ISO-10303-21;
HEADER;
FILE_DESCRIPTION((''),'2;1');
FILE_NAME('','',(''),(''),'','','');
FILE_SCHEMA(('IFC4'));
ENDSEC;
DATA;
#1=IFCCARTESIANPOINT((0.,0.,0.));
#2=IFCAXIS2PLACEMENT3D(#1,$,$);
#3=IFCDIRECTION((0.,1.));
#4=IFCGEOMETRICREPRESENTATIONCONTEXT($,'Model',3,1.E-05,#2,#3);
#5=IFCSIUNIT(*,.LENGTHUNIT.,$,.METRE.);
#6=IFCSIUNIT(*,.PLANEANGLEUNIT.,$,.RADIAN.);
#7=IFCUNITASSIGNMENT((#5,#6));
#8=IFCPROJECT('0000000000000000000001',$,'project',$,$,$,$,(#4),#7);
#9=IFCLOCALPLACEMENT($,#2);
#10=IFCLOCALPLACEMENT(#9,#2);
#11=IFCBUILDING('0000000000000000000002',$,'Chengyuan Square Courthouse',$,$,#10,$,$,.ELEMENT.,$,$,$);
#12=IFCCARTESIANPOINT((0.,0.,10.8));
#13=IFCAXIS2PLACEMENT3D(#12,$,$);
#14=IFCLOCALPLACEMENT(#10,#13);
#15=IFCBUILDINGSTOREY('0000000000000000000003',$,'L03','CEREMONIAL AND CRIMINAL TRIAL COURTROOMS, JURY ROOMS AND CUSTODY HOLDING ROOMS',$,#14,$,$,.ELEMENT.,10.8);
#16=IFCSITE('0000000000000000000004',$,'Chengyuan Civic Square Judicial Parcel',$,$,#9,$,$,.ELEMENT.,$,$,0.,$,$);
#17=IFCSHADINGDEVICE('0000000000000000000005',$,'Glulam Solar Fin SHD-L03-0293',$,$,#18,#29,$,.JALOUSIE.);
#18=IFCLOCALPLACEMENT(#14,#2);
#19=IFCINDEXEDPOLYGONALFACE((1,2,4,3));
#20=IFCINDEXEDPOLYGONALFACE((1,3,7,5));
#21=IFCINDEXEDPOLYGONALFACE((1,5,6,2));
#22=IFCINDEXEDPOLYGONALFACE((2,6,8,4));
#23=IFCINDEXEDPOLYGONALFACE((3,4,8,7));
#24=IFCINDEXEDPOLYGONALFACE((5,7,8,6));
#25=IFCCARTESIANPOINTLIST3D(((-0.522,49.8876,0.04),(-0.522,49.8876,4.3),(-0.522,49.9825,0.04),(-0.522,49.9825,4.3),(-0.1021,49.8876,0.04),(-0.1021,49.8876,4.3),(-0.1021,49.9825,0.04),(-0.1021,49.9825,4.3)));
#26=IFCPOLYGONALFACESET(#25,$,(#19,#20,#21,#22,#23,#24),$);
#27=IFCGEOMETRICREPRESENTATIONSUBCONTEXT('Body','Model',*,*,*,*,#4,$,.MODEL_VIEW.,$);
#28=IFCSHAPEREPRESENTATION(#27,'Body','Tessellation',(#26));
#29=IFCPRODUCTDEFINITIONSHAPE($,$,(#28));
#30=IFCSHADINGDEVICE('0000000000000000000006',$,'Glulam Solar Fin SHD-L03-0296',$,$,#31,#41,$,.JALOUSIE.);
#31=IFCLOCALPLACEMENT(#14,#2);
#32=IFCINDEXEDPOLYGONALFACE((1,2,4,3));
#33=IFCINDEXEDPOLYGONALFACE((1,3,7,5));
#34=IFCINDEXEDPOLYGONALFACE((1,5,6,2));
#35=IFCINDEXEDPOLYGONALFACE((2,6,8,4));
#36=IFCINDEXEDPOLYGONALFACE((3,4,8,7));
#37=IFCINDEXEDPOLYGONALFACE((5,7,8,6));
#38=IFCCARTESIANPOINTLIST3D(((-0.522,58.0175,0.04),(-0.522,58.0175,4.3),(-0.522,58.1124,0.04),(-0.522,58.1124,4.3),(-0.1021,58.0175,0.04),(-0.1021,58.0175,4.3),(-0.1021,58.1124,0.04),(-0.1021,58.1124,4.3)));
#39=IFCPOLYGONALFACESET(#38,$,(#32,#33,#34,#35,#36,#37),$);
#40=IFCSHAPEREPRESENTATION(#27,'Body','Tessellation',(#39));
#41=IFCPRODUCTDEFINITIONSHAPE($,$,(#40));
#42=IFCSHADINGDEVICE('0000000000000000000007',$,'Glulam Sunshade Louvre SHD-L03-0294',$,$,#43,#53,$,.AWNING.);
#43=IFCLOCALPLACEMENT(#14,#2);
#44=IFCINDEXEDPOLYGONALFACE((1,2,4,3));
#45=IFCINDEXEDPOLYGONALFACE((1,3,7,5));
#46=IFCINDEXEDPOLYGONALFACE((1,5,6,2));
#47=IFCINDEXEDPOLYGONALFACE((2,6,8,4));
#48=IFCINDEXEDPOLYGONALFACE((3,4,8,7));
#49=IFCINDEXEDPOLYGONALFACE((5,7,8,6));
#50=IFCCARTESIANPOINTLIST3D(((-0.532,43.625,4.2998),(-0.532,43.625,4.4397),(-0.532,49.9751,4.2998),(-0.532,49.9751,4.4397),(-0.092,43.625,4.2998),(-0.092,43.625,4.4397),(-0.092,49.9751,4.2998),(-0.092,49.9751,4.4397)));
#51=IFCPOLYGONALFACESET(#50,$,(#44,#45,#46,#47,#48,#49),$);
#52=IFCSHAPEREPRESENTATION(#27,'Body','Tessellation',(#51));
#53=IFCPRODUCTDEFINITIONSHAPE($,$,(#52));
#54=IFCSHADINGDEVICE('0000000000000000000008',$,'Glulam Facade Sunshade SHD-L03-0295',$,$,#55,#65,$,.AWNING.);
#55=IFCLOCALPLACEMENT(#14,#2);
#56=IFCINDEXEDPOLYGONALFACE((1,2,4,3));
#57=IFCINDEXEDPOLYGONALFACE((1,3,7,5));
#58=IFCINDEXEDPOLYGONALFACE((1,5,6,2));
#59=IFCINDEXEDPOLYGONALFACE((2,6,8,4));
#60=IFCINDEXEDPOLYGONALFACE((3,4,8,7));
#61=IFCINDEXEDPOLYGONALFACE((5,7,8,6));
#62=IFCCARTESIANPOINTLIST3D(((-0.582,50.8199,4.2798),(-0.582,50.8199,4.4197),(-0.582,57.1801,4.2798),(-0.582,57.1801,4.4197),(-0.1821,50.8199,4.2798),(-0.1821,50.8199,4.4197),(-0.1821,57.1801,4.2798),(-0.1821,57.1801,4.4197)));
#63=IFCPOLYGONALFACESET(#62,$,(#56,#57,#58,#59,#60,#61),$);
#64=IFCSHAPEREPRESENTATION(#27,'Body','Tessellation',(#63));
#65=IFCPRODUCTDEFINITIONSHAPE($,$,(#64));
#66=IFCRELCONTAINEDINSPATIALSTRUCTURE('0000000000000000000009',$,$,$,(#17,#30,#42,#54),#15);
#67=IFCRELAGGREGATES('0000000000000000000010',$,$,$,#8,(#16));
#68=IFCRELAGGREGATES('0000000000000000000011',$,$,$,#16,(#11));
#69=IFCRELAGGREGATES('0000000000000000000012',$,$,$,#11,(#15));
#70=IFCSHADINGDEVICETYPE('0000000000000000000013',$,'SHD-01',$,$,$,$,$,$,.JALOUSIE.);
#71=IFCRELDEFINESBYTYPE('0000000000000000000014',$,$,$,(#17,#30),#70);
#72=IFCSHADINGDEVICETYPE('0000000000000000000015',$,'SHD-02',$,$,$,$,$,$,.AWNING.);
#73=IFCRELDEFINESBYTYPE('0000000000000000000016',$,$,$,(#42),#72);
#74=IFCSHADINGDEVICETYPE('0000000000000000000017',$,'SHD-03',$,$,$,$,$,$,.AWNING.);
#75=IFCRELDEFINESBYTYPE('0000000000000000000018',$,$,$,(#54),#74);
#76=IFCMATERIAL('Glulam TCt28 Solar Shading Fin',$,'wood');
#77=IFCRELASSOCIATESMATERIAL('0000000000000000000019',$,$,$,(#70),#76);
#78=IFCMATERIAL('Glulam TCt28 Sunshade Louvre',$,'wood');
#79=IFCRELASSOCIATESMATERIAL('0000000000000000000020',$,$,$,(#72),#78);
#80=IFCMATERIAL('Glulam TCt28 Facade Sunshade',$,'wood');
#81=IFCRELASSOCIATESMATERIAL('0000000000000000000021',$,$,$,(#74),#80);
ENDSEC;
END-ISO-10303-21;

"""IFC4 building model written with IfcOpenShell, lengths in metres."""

from ifc_helpers import new_model, si_unit, direction, frame, origin, origin_2d, place, context, subcontext, project, spatial, rectangle, extrude, material, type_object, element, save


model = new_model("IFC4")

# Units and contexts
model_context = context("Model", 3, precision=1e-05, world=origin(), true_north=direction((0.0, 1.0)))
body_context = subcontext(model_context, "Body", "Model", "MODEL_VIEW")
ifc_project = project(units=[si_unit("LENGTHUNIT", "METRE"), si_unit("PLANEANGLEUNIT", "RADIAN")], contexts=[model_context])

# Site, building, storey
site_placement = place(None, origin())
site = spatial("IfcSite", under=ifc_project, at=site_placement, Name="Chengyuan Civic Square Judicial Parcel", CompositionType="ELEMENT", RefElevation=0.0)
building_placement = place(site_placement, origin())
building = spatial("IfcBuilding", under=site, at=building_placement, Name="Chengyuan Square Courthouse", CompositionType="ELEMENT")
storey_placement = place(building_placement, frame((0.0, 0.0, 10.8)))
storey = spatial("IfcBuildingStorey", under=building, at=storey_placement, Name="L03", Description="CEREMONIAL AND CRIMINAL TRIAL COURTROOMS, JURY ROOMS AND CUSTODY HOLDING ROOMS", CompositionType="ELEMENT", Elevation=10.8)

# Shading devices
ifc_material_1 = material(Name="Glulam TCt28 Solar Shading Fin", Category="wood")
shading_device_type_1 = type_object("IfcShadingDeviceType", Name="SHD-01", PredefinedType="JALOUSIE", material=ifc_material_1)
for number, where, z_axis, x_axis, name in (
    (1, (-0.312, 49.9351, 0.04), (0.0, 0.0, 1.0), (1.0, 0.0, 0.0), "Glulam Solar Fin SHD-L03-0293"),
    (2, (-0.312, 58.0649, 0.04), (0.0, 0.0, 1.0), (1.0, 0.0, 0.0), "Glulam Solar Fin SHD-L03-0296"),
):
    element("IfcShadingDevice", number, at=place(storey_placement, frame(where, z_axis=z_axis, x_axis=x_axis)), inside=storey, type_object=shading_device_type_1, Name=name, PredefinedType="JALOUSIE", context=body_context, shape_type="SweptSolid", body=[
        extrude(rectangle(XDim=0.4199, YDim=0.095, at=origin_2d()), origin(), (0.0, 0.0, 1.0), 4.26),
    ])
ifc_material_2 = material(Name="Glulam TCt28 Sunshade Louvre", Category="wood")
shading_device_type_2 = type_object("IfcShadingDeviceType", Name="SHD-02", PredefinedType="AWNING", material=ifc_material_2)
shading_device_1_placement = place(storey_placement, frame((-0.312, 46.8, 4.2998), z_axis=(0.0, 0.0, 1.0), x_axis=(0.0, 1.0, 0.0)))
element("IfcShadingDevice", 3, at=shading_device_1_placement, inside=storey, type_object=shading_device_type_2, Name="Glulam Sunshade Louvre SHD-L03-0294", PredefinedType="AWNING", context=body_context, shape_type="SweptSolid", body=[
    extrude(rectangle(XDim=6.3501, YDim=0.4399, at=origin_2d()), origin(), (0.0, 0.0, 1.0), 0.1399),
])
ifc_material_3 = material(Name="Glulam TCt28 Facade Sunshade", Category="wood")
shading_device_type_3 = type_object("IfcShadingDeviceType", Name="SHD-03", PredefinedType="AWNING", material=ifc_material_3)
shading_device_2_placement = place(storey_placement, frame((-0.3821, 54.0, 4.2798), z_axis=(0.0, 0.0, 1.0), x_axis=(0.0, 1.0, 0.0)))
element("IfcShadingDevice", 4, at=shading_device_2_placement, inside=storey, type_object=shading_device_type_3, Name="Glulam Facade Sunshade SHD-L03-0295", PredefinedType="AWNING", context=body_context, shape_type="SweptSolid", body=[
    extrude(rectangle(XDim=6.3601, YDim=0.3999, at=origin_2d()), origin(), (0.0, 0.0, 1.0), 0.1399),
])

save(model, "model.ifc")
